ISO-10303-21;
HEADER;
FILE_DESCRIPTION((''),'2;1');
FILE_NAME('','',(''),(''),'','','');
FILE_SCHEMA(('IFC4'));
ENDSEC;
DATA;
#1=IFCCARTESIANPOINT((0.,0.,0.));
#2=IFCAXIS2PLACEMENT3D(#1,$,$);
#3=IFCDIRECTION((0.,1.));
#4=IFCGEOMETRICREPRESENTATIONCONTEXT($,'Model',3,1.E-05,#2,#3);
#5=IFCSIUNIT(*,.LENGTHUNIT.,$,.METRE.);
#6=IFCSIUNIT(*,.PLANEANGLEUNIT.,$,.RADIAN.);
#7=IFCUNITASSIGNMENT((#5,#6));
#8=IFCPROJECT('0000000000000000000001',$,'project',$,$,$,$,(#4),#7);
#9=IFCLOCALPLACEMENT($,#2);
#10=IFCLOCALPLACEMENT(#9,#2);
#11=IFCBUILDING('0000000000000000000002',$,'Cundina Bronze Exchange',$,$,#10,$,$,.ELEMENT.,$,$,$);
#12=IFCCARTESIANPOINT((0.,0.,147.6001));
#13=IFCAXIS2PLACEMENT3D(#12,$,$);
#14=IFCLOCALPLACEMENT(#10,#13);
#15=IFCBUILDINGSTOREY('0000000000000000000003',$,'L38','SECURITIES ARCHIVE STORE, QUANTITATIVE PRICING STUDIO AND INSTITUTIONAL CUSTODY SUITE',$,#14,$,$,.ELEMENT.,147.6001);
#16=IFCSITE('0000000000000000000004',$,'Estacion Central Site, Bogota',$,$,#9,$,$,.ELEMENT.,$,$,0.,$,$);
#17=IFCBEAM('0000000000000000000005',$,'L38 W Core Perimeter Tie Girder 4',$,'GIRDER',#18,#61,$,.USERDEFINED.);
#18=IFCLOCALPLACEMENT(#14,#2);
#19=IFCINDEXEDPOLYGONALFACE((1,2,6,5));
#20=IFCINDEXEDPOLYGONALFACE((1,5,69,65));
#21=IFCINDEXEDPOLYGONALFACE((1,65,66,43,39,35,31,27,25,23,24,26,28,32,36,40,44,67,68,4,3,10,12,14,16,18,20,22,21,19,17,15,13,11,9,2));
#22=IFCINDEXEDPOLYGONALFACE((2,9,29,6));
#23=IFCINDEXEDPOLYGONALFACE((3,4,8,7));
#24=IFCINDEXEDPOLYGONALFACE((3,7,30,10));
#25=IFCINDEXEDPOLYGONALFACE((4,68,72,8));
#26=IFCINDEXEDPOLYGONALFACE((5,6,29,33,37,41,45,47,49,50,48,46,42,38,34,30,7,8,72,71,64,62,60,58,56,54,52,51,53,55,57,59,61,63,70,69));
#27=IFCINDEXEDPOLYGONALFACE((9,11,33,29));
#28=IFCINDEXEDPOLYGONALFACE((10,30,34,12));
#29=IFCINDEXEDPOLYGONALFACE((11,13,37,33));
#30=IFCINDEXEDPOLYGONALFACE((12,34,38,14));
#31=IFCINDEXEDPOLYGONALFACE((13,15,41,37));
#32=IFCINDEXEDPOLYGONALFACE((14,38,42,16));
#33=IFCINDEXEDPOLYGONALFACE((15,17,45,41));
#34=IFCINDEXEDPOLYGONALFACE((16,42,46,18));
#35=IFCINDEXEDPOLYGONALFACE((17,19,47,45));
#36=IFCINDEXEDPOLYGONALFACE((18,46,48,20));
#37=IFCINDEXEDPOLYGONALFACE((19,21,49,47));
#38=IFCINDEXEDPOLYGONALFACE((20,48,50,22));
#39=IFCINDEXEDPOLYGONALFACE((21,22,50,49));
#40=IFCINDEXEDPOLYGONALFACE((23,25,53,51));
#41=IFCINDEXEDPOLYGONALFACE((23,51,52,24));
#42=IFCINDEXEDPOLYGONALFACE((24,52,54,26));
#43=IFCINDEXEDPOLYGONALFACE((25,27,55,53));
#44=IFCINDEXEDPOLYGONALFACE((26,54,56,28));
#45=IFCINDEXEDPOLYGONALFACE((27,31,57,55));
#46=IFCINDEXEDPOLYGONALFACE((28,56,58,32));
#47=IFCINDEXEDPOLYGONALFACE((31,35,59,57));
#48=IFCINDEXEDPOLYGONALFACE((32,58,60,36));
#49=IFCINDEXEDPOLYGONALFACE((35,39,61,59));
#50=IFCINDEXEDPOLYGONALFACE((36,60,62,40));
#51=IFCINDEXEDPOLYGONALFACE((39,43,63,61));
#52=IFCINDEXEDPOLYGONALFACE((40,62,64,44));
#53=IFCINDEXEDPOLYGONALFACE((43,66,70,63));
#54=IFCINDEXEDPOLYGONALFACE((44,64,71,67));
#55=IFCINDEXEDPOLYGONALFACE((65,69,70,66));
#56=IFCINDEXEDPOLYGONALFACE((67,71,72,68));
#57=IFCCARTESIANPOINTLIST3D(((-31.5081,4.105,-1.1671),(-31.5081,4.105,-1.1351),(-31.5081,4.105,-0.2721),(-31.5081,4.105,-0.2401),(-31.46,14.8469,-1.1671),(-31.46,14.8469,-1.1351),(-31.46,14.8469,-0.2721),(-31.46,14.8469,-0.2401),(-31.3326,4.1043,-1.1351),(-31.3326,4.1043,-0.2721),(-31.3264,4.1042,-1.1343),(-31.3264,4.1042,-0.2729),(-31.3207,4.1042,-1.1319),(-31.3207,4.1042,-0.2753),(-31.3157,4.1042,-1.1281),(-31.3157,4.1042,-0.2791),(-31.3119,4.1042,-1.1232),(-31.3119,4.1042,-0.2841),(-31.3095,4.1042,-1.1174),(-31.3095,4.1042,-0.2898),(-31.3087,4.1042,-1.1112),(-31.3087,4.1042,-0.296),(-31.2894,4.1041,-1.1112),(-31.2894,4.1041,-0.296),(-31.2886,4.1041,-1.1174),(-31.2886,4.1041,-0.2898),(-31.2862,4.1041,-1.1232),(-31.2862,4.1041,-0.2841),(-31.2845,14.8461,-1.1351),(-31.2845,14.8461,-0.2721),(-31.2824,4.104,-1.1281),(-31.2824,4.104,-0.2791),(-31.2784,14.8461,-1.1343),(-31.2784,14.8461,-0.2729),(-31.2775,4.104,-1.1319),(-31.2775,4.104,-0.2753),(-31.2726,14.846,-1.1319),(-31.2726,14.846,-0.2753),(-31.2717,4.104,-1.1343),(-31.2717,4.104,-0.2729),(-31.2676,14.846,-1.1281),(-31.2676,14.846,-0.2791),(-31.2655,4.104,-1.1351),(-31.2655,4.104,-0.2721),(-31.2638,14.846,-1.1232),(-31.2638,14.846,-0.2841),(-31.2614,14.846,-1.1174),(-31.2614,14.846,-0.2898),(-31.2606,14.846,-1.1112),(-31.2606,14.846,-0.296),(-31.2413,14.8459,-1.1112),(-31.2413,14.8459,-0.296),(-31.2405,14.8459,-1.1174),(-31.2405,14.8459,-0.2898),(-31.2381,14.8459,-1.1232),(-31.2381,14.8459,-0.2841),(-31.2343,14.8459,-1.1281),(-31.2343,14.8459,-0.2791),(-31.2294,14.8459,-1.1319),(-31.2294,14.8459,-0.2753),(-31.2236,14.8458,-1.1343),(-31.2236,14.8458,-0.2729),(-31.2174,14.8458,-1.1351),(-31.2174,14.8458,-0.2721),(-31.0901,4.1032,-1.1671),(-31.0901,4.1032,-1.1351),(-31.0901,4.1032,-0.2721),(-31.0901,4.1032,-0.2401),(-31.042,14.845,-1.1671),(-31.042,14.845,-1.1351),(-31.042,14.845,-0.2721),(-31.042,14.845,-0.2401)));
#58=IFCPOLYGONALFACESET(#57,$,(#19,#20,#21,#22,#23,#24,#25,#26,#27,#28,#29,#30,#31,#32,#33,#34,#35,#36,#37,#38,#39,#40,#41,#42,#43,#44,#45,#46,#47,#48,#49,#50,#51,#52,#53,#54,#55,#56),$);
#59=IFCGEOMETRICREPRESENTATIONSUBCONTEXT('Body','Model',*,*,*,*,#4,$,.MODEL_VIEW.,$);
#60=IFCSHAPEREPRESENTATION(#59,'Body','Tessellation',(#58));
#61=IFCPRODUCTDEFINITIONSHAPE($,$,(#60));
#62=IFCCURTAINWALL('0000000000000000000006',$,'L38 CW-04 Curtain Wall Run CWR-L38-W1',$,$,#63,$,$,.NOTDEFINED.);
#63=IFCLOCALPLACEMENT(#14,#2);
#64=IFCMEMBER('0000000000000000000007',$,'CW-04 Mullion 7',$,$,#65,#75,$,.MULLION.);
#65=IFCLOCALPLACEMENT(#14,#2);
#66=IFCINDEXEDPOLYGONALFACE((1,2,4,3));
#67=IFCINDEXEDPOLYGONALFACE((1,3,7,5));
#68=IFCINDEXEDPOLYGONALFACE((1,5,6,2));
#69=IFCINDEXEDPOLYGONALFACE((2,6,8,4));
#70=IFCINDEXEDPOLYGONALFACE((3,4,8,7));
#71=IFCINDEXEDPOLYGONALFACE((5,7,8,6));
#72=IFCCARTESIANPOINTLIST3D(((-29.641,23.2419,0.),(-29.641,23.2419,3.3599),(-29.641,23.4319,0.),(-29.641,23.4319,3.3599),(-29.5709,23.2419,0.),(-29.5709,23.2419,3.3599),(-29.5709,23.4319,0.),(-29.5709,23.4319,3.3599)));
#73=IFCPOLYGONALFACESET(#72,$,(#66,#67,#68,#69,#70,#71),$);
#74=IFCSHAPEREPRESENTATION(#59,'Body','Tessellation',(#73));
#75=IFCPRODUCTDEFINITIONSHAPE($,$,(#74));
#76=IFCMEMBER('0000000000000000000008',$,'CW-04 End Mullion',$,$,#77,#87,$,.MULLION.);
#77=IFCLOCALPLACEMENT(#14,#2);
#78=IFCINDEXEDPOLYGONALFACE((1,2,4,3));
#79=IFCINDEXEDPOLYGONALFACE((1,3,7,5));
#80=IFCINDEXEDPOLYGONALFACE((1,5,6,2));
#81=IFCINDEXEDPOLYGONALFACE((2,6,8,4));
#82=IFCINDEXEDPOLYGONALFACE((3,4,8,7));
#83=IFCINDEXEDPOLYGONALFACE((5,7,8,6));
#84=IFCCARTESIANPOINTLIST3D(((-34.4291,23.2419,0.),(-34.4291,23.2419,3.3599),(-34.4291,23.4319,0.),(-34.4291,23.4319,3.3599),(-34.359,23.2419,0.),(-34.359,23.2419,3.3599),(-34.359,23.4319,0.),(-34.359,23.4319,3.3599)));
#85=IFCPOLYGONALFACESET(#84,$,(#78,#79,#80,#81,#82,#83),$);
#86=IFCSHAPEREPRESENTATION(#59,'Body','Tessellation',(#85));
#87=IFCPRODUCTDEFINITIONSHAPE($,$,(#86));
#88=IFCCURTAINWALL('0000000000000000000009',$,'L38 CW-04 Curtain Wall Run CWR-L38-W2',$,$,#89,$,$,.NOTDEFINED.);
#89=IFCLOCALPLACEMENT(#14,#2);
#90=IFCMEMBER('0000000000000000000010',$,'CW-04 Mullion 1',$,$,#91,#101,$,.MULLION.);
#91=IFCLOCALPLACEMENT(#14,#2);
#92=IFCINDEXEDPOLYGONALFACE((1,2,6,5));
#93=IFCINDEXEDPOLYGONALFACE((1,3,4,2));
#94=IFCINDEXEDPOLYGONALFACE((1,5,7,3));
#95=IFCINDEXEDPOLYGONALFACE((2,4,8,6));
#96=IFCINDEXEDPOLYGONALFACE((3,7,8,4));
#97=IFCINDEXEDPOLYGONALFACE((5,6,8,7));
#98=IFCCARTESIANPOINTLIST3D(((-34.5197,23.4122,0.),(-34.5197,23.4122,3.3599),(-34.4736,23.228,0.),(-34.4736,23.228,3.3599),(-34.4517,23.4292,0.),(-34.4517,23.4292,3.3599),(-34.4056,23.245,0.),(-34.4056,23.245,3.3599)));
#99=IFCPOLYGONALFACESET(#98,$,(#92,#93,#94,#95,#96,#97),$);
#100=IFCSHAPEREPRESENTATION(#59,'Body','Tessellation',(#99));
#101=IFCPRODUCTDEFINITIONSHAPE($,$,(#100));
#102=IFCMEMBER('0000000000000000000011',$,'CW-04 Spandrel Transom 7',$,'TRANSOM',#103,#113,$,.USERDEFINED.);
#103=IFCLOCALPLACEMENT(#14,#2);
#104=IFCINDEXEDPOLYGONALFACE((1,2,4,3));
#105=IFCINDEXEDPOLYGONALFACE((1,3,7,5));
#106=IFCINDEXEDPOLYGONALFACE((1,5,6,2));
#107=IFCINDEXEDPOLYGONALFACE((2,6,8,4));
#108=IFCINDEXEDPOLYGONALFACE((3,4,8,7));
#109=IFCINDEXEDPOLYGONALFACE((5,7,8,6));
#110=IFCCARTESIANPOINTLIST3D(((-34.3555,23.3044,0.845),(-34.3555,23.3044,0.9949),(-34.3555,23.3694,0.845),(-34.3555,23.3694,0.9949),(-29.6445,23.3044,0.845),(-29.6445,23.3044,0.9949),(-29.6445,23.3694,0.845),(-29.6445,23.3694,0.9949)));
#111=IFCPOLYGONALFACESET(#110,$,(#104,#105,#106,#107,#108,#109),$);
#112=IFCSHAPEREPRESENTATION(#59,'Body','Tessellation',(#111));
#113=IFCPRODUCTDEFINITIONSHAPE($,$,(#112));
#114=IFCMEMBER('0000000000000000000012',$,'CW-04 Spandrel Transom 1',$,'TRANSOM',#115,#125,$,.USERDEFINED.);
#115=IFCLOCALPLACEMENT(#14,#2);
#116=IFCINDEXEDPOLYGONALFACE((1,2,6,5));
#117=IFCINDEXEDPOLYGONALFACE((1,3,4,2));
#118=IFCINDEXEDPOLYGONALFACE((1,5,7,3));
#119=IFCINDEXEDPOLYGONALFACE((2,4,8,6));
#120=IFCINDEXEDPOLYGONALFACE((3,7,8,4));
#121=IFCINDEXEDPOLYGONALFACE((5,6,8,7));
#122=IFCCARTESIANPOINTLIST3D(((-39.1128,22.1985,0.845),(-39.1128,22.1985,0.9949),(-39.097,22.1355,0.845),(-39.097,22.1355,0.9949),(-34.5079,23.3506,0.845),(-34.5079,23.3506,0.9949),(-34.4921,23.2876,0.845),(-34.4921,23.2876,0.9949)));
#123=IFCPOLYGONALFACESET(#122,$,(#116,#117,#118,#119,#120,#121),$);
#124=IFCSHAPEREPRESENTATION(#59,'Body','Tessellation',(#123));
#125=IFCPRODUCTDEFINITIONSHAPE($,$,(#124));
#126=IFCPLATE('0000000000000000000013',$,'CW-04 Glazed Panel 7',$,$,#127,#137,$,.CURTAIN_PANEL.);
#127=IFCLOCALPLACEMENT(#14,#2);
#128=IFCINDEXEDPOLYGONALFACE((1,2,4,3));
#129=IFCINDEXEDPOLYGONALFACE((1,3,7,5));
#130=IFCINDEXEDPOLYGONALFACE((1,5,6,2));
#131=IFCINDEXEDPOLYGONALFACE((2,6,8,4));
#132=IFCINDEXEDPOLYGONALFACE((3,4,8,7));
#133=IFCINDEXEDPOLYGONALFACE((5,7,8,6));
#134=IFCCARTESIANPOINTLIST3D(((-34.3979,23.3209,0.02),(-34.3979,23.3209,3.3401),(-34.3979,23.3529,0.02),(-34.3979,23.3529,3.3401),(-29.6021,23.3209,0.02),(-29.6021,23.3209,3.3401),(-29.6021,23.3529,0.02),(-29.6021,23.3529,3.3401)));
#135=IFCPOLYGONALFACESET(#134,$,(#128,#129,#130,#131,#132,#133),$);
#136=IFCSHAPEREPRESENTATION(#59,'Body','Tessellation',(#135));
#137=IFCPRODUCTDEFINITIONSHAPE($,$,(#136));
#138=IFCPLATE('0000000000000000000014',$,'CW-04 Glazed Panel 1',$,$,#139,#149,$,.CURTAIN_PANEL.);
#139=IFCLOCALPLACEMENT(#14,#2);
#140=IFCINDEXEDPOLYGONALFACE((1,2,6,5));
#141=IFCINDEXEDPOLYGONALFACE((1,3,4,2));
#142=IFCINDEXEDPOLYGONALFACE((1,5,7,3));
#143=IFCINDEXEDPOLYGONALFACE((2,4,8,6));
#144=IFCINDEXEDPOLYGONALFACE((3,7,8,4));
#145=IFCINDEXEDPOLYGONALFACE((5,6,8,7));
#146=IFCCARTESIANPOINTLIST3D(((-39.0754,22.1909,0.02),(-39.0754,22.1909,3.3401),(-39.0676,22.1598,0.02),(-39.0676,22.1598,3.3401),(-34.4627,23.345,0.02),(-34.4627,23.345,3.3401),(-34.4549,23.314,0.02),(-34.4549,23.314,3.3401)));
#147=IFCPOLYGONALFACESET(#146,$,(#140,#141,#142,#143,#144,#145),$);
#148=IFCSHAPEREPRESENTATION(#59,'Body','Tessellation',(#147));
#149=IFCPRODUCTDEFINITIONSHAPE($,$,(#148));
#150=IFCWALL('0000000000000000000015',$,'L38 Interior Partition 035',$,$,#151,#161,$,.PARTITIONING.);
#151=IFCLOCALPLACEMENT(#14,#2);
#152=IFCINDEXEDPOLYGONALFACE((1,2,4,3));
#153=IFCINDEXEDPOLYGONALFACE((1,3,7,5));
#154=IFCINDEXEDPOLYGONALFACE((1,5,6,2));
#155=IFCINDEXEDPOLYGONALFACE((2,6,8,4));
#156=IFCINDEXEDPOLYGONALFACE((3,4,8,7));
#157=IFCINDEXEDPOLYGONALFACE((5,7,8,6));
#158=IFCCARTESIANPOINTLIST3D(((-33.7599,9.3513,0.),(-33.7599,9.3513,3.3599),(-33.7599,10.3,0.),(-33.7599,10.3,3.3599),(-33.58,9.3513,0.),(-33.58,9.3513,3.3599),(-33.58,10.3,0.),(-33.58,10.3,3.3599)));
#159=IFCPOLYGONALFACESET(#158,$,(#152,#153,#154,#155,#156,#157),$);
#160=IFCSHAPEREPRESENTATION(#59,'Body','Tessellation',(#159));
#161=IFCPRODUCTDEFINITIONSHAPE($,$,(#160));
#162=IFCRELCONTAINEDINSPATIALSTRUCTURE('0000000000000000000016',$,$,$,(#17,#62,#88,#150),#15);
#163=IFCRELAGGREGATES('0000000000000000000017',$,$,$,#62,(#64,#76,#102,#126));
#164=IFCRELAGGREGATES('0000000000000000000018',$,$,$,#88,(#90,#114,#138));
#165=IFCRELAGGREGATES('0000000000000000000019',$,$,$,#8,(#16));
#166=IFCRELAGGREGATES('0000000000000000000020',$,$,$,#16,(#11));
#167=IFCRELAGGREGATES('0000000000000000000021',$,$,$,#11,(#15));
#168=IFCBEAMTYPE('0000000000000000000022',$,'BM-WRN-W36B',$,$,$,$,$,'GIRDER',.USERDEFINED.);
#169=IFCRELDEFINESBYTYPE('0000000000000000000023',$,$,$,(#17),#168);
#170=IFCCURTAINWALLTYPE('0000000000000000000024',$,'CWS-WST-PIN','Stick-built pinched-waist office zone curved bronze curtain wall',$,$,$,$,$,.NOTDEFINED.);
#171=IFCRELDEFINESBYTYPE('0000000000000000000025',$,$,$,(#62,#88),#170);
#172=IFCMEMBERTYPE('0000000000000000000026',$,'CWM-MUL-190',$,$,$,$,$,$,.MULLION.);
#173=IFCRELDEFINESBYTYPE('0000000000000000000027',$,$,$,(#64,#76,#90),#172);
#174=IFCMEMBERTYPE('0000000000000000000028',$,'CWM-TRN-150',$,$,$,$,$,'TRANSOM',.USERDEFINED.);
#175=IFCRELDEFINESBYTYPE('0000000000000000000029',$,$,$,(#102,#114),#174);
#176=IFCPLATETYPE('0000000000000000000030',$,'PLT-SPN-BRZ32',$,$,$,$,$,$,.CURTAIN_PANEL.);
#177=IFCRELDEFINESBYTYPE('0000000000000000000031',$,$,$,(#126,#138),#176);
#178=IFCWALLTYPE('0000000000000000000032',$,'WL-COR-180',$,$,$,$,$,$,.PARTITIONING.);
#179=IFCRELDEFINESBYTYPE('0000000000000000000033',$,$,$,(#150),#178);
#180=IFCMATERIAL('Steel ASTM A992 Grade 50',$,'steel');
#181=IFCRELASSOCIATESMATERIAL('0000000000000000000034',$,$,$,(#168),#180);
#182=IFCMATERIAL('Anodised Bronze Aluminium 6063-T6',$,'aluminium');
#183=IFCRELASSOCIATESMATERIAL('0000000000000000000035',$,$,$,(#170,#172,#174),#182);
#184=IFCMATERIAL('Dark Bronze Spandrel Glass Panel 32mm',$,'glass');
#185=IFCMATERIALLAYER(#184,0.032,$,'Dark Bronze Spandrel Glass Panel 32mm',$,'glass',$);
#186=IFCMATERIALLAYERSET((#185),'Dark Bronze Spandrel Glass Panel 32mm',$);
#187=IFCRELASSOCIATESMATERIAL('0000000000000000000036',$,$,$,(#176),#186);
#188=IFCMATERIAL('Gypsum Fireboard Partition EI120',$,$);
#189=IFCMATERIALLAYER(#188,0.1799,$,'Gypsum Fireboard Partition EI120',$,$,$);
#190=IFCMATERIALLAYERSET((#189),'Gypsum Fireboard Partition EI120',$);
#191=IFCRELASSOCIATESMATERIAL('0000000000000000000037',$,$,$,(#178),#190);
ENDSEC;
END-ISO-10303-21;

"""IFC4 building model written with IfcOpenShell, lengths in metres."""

from ifc_helpers import new_model, si_unit, direction, frame, frame_2d, origin, origin_2d, place, context, subcontext, project, spatial, rectangle, i_section, extrude, material, layer, layer_set, material_profile, profile_set, type_object, element, aggregate, save


model = new_model("IFC4")

# Units and contexts
model_context = context("Model", 3, precision=1e-05, world=origin(), true_north=direction((0.0, 1.0)))
body_context = subcontext(model_context, "Body", "Model", "MODEL_VIEW")
ifc_project = project(units=[si_unit("LENGTHUNIT", "METRE"), si_unit("PLANEANGLEUNIT", "RADIAN")], contexts=[model_context])

# Site, building, storey
site_placement = place(None, origin())
site = spatial("IfcSite", under=ifc_project, at=site_placement, Name="Estacion Central Site, Bogota", CompositionType="ELEMENT", RefElevation=0.0)
building_placement = place(site_placement, origin())
building = spatial("IfcBuilding", under=site, at=building_placement, Name="Cundina Bronze Exchange", CompositionType="ELEMENT")
storey_placement = place(building_placement, frame((0.0, 0.0, 147.6001)))
storey = spatial("IfcBuildingStorey", under=building, at=storey_placement, Name="L38", Description="SECURITIES ARCHIVE STORE, QUANTITATIVE PRICING STUDIO AND INSTITUTIONAL CUSTODY SUITE", CompositionType="ELEMENT", Elevation=147.6001)

# Shared definitions
ifc_material_1 = material(Name="Steel ASTM A992 Grade 50", Category="steel")

# Beam
ifc_material_profile_1 = material_profile(ifc_material_1, i_section(OverallWidth=0.418, OverallDepth=0.927, WebThickness=0.0193, FlangeThickness=0.032, FilletRadius=0.0239, at=origin_2d()), Name="W36X231", Category="steel")
ifc_profile_set_1 = profile_set([ifc_material_profile_1], Name="Steel ASTM A992 Grade 50")
beam_type_1 = type_object("IfcBeamType", Name="BM-WRN-W36B", ElementType="GIRDER", PredefinedType="USERDEFINED", material=ifc_profile_set_1)
beam_1_placement = place(storey_placement, frame((-31.251, 14.8459, -0.7036), z_axis=(-0.004477, -0.99999, 0.0), x_axis=(0.99999, -0.004477, 0.0)))
element("IfcBeam", 1, at=beam_1_placement, inside=storey, type_object=beam_type_1, Name="L38 W Core Perimeter Tie Girder 4", ObjectType="GIRDER", PredefinedType="USERDEFINED", context=body_context, shape_type="SweptSolid", body=[
    extrude(i_section(OverallWidth=0.418, OverallDepth=0.927, WebThickness=0.0193, FlangeThickness=0.032, FilletRadius=0.0239, at=origin_2d()), origin(), (0.0, 0.0, 1.0), 10.7419),
])

# Curtain wall, members
ifc_material_2 = material(Name="Anodised Bronze Aluminium 6063-T6", Category="aluminium")
curtain_wall_type = type_object("IfcCurtainWallType", Name="CWS-WST-PIN", Description="Stick-built pinched-waist office zone curved bronze curtain wall", PredefinedType="NOTDEFINED", material=ifc_material_2)
curtain_wall_1_placement = place(storey_placement, origin())
curtain_wall_1 = element("IfcCurtainWall", 2, at=curtain_wall_1_placement, inside=storey, type_object=curtain_wall_type, Name="L38 CW-04 Curtain Wall Run CWR-L38-W1", PredefinedType="NOTDEFINED")
ifc_material_profile_2 = material_profile(ifc_material_2, rectangle(XDim=0.0701, YDim=0.1899, at=origin_2d()), Name="AL70X190", Category="aluminium")
ifc_profile_set_2 = profile_set([ifc_material_profile_2], Name="Anodised Bronze Aluminium 6063-T6")
member_type_1 = type_object("IfcMemberType", Name="CWM-MUL-190", PredefinedType="MULLION", material=ifc_profile_set_2)
member_1_placement = place(storey_placement, frame((-29.606, 23.3369, 0.0), z_axis=(0.0, 0.0, 1.0), x_axis=(-1.0, 0.0, 0.0)))
member_1 = element("IfcMember", 3, at=member_1_placement, type_object=member_type_1, Name="CW-04 Mullion 7", PredefinedType="MULLION", context=body_context, shape_type="SweptSolid", body=[
    extrude(rectangle(XDim=0.0701, YDim=0.1899, at=origin_2d()), origin(), (0.0, 0.0, 1.0), 3.3599),
])
member_2_placement = place(storey_placement, frame((-34.394, 23.3369, 0.0), z_axis=(0.0, 0.0, 1.0), x_axis=(-1.0, 0.0, 0.0)))
member_2 = element("IfcMember", 4, at=member_2_placement, type_object=member_type_1, Name="CW-04 End Mullion", PredefinedType="MULLION", context=body_context, shape_type="SweptSolid", body=[
    extrude(rectangle(XDim=0.0701, YDim=0.1899, at=origin_2d()), origin(), (0.0, 0.0, 1.0), 3.3599),
])

# Curtain wall, member
curtain_wall_2_placement = place(storey_placement, origin())
curtain_wall_2 = element("IfcCurtainWall", 5, at=curtain_wall_2_placement, inside=storey, type_object=curtain_wall_type, Name="L38 CW-04 Curtain Wall Run CWR-L38-W2", PredefinedType="NOTDEFINED")
member_3_placement = place(storey_placement, frame((-34.4626, 23.3286, 0.0), z_axis=(0.0, 0.0, 1.0), x_axis=(-0.970084, -0.242769, 0.0)))
member_3 = element("IfcMember", 6, at=member_3_placement, type_object=member_type_1, Name="CW-04 Mullion 1", PredefinedType="MULLION", context=body_context, shape_type="SweptSolid", body=[
    extrude(rectangle(XDim=0.0701, YDim=0.1899, at=origin_2d()), origin(), (0.0, 0.0, 1.0), 3.3599),
])

# Members
ifc_material_profile_3 = material_profile(ifc_material_2, rectangle(XDim=0.0649, YDim=0.1499, at=origin_2d()), Name="AL65X150", Category="aluminium")
ifc_profile_set_3 = profile_set([ifc_material_profile_3], Name="Anodised Bronze Aluminium 6063-T6")
member_type_2 = type_object("IfcMemberType", Name="CWM-TRN-150", ElementType="TRANSOM", PredefinedType="USERDEFINED", material=ifc_profile_set_3)
member_4_placement = place(storey_placement, frame((-29.6445, 23.3369, 0.9199), z_axis=(-1.0, 0.0, 0.0), x_axis=(0.0, -1.0, 0.0)))
member_4 = element("IfcMember", 7, at=member_4_placement, type_object=member_type_2, Name="CW-04 Spandrel Transom 7", ObjectType="TRANSOM", PredefinedType="USERDEFINED", context=body_context, shape_type="SweptSolid", body=[
    extrude(rectangle(XDim=0.0649, YDim=0.1499, at=origin_2d()), origin(), (0.0, 0.0, 1.0), 4.7109),
])
member_5_placement = place(storey_placement, frame((-34.5, 23.3191, 0.9199), z_axis=(-0.9701, -0.242705, 0.0), x_axis=(0.242705, -0.9701, 0.0)))
member_5 = element("IfcMember", 8, at=member_5_placement, type_object=member_type_2, Name="CW-04 Spandrel Transom 1", ObjectType="TRANSOM", PredefinedType="USERDEFINED", context=body_context, shape_type="SweptSolid", body=[
    extrude(rectangle(XDim=0.0649, YDim=0.1499, at=origin_2d()), origin(), (0.0, 0.0, 1.0), 4.7468),
])

# Plates
ifc_material_3 = material(Name="Dark Bronze Spandrel Glass Panel 32mm", Category="glass")
ifc_layer_1 = layer(ifc_material_3, 0.032, Name="Dark Bronze Spandrel Glass Panel 32mm", Category="glass")
ifc_layer_set_1 = layer_set([ifc_layer_1], Name="Dark Bronze Spandrel Glass Panel 32mm")
plate_type = type_object("IfcPlateType", Name="PLT-SPN-BRZ32", PredefinedType="CURTAIN_PANEL", material=ifc_layer_set_1)
plate_1_placement = place(storey_placement, frame((-32.0, 23.3369, 0.02), z_axis=(0.0, 0.0, 1.0), x_axis=(-1.0, 0.0, 0.0)))
plate_1 = element("IfcPlate", 9, at=plate_1_placement, type_object=plate_type, Name="CW-04 Glazed Panel 7", PredefinedType="CURTAIN_PANEL", context=body_context, shape_type="SweptSolid", body=[
    extrude(rectangle(XDim=4.7959, YDim=0.032, at=origin_2d()), origin(), (0.0, 0.0, 1.0), 3.3201),
])
aggregate(curtain_wall_1, [member_1, member_2, member_4, plate_1])
plate_2_placement = place(storey_placement, frame((-36.7651, 22.7524, 0.02), z_axis=(0.0, 0.0, 1.0), x_axis=(-0.970093, -0.242735, 0.0)))
plate_2 = element("IfcPlate", 10, at=plate_2_placement, type_object=plate_type, Name="CW-04 Glazed Panel 1", PredefinedType="CURTAIN_PANEL", context=body_context, shape_type="SweptSolid", body=[
    extrude(rectangle(XDim=4.7549, YDim=0.032, at=origin_2d()), origin(), (0.0, 0.0, 1.0), 3.3201),
])
aggregate(curtain_wall_2, [member_3, member_5, plate_2])

# Shared definitions
ifc_material_4 = material(Name="Gypsum Fireboard Partition EI120")
ifc_layer_2 = layer(ifc_material_4, 0.1799, Name="Gypsum Fireboard Partition EI120")
ifc_layer_set_2 = layer_set([ifc_layer_2], Name="Gypsum Fireboard Partition EI120")
wall_type_1 = type_object("IfcWallType", Name="WL-COR-180", PredefinedType="PARTITIONING", material=ifc_layer_set_2)

# Wall
wall_1_placement = place(storey_placement, frame((-33.6699, 10.3, 0.0), z_axis=(0.0, 0.0, 1.0), x_axis=(0.0, -1.0, 0.0)))
element("IfcWall", 11, at=wall_1_placement, inside=storey, type_object=wall_type_1, Name="L38 Interior Partition 035", PredefinedType="PARTITIONING", context=body_context, shape_type="SweptSolid", body=[
    extrude(rectangle(XDim=0.9487, YDim=0.1799, at=frame_2d((0.4744, 0.0))), origin(), (0.0, 0.0, 1.0), 3.3599),
])

save(model, "model.ifc")
